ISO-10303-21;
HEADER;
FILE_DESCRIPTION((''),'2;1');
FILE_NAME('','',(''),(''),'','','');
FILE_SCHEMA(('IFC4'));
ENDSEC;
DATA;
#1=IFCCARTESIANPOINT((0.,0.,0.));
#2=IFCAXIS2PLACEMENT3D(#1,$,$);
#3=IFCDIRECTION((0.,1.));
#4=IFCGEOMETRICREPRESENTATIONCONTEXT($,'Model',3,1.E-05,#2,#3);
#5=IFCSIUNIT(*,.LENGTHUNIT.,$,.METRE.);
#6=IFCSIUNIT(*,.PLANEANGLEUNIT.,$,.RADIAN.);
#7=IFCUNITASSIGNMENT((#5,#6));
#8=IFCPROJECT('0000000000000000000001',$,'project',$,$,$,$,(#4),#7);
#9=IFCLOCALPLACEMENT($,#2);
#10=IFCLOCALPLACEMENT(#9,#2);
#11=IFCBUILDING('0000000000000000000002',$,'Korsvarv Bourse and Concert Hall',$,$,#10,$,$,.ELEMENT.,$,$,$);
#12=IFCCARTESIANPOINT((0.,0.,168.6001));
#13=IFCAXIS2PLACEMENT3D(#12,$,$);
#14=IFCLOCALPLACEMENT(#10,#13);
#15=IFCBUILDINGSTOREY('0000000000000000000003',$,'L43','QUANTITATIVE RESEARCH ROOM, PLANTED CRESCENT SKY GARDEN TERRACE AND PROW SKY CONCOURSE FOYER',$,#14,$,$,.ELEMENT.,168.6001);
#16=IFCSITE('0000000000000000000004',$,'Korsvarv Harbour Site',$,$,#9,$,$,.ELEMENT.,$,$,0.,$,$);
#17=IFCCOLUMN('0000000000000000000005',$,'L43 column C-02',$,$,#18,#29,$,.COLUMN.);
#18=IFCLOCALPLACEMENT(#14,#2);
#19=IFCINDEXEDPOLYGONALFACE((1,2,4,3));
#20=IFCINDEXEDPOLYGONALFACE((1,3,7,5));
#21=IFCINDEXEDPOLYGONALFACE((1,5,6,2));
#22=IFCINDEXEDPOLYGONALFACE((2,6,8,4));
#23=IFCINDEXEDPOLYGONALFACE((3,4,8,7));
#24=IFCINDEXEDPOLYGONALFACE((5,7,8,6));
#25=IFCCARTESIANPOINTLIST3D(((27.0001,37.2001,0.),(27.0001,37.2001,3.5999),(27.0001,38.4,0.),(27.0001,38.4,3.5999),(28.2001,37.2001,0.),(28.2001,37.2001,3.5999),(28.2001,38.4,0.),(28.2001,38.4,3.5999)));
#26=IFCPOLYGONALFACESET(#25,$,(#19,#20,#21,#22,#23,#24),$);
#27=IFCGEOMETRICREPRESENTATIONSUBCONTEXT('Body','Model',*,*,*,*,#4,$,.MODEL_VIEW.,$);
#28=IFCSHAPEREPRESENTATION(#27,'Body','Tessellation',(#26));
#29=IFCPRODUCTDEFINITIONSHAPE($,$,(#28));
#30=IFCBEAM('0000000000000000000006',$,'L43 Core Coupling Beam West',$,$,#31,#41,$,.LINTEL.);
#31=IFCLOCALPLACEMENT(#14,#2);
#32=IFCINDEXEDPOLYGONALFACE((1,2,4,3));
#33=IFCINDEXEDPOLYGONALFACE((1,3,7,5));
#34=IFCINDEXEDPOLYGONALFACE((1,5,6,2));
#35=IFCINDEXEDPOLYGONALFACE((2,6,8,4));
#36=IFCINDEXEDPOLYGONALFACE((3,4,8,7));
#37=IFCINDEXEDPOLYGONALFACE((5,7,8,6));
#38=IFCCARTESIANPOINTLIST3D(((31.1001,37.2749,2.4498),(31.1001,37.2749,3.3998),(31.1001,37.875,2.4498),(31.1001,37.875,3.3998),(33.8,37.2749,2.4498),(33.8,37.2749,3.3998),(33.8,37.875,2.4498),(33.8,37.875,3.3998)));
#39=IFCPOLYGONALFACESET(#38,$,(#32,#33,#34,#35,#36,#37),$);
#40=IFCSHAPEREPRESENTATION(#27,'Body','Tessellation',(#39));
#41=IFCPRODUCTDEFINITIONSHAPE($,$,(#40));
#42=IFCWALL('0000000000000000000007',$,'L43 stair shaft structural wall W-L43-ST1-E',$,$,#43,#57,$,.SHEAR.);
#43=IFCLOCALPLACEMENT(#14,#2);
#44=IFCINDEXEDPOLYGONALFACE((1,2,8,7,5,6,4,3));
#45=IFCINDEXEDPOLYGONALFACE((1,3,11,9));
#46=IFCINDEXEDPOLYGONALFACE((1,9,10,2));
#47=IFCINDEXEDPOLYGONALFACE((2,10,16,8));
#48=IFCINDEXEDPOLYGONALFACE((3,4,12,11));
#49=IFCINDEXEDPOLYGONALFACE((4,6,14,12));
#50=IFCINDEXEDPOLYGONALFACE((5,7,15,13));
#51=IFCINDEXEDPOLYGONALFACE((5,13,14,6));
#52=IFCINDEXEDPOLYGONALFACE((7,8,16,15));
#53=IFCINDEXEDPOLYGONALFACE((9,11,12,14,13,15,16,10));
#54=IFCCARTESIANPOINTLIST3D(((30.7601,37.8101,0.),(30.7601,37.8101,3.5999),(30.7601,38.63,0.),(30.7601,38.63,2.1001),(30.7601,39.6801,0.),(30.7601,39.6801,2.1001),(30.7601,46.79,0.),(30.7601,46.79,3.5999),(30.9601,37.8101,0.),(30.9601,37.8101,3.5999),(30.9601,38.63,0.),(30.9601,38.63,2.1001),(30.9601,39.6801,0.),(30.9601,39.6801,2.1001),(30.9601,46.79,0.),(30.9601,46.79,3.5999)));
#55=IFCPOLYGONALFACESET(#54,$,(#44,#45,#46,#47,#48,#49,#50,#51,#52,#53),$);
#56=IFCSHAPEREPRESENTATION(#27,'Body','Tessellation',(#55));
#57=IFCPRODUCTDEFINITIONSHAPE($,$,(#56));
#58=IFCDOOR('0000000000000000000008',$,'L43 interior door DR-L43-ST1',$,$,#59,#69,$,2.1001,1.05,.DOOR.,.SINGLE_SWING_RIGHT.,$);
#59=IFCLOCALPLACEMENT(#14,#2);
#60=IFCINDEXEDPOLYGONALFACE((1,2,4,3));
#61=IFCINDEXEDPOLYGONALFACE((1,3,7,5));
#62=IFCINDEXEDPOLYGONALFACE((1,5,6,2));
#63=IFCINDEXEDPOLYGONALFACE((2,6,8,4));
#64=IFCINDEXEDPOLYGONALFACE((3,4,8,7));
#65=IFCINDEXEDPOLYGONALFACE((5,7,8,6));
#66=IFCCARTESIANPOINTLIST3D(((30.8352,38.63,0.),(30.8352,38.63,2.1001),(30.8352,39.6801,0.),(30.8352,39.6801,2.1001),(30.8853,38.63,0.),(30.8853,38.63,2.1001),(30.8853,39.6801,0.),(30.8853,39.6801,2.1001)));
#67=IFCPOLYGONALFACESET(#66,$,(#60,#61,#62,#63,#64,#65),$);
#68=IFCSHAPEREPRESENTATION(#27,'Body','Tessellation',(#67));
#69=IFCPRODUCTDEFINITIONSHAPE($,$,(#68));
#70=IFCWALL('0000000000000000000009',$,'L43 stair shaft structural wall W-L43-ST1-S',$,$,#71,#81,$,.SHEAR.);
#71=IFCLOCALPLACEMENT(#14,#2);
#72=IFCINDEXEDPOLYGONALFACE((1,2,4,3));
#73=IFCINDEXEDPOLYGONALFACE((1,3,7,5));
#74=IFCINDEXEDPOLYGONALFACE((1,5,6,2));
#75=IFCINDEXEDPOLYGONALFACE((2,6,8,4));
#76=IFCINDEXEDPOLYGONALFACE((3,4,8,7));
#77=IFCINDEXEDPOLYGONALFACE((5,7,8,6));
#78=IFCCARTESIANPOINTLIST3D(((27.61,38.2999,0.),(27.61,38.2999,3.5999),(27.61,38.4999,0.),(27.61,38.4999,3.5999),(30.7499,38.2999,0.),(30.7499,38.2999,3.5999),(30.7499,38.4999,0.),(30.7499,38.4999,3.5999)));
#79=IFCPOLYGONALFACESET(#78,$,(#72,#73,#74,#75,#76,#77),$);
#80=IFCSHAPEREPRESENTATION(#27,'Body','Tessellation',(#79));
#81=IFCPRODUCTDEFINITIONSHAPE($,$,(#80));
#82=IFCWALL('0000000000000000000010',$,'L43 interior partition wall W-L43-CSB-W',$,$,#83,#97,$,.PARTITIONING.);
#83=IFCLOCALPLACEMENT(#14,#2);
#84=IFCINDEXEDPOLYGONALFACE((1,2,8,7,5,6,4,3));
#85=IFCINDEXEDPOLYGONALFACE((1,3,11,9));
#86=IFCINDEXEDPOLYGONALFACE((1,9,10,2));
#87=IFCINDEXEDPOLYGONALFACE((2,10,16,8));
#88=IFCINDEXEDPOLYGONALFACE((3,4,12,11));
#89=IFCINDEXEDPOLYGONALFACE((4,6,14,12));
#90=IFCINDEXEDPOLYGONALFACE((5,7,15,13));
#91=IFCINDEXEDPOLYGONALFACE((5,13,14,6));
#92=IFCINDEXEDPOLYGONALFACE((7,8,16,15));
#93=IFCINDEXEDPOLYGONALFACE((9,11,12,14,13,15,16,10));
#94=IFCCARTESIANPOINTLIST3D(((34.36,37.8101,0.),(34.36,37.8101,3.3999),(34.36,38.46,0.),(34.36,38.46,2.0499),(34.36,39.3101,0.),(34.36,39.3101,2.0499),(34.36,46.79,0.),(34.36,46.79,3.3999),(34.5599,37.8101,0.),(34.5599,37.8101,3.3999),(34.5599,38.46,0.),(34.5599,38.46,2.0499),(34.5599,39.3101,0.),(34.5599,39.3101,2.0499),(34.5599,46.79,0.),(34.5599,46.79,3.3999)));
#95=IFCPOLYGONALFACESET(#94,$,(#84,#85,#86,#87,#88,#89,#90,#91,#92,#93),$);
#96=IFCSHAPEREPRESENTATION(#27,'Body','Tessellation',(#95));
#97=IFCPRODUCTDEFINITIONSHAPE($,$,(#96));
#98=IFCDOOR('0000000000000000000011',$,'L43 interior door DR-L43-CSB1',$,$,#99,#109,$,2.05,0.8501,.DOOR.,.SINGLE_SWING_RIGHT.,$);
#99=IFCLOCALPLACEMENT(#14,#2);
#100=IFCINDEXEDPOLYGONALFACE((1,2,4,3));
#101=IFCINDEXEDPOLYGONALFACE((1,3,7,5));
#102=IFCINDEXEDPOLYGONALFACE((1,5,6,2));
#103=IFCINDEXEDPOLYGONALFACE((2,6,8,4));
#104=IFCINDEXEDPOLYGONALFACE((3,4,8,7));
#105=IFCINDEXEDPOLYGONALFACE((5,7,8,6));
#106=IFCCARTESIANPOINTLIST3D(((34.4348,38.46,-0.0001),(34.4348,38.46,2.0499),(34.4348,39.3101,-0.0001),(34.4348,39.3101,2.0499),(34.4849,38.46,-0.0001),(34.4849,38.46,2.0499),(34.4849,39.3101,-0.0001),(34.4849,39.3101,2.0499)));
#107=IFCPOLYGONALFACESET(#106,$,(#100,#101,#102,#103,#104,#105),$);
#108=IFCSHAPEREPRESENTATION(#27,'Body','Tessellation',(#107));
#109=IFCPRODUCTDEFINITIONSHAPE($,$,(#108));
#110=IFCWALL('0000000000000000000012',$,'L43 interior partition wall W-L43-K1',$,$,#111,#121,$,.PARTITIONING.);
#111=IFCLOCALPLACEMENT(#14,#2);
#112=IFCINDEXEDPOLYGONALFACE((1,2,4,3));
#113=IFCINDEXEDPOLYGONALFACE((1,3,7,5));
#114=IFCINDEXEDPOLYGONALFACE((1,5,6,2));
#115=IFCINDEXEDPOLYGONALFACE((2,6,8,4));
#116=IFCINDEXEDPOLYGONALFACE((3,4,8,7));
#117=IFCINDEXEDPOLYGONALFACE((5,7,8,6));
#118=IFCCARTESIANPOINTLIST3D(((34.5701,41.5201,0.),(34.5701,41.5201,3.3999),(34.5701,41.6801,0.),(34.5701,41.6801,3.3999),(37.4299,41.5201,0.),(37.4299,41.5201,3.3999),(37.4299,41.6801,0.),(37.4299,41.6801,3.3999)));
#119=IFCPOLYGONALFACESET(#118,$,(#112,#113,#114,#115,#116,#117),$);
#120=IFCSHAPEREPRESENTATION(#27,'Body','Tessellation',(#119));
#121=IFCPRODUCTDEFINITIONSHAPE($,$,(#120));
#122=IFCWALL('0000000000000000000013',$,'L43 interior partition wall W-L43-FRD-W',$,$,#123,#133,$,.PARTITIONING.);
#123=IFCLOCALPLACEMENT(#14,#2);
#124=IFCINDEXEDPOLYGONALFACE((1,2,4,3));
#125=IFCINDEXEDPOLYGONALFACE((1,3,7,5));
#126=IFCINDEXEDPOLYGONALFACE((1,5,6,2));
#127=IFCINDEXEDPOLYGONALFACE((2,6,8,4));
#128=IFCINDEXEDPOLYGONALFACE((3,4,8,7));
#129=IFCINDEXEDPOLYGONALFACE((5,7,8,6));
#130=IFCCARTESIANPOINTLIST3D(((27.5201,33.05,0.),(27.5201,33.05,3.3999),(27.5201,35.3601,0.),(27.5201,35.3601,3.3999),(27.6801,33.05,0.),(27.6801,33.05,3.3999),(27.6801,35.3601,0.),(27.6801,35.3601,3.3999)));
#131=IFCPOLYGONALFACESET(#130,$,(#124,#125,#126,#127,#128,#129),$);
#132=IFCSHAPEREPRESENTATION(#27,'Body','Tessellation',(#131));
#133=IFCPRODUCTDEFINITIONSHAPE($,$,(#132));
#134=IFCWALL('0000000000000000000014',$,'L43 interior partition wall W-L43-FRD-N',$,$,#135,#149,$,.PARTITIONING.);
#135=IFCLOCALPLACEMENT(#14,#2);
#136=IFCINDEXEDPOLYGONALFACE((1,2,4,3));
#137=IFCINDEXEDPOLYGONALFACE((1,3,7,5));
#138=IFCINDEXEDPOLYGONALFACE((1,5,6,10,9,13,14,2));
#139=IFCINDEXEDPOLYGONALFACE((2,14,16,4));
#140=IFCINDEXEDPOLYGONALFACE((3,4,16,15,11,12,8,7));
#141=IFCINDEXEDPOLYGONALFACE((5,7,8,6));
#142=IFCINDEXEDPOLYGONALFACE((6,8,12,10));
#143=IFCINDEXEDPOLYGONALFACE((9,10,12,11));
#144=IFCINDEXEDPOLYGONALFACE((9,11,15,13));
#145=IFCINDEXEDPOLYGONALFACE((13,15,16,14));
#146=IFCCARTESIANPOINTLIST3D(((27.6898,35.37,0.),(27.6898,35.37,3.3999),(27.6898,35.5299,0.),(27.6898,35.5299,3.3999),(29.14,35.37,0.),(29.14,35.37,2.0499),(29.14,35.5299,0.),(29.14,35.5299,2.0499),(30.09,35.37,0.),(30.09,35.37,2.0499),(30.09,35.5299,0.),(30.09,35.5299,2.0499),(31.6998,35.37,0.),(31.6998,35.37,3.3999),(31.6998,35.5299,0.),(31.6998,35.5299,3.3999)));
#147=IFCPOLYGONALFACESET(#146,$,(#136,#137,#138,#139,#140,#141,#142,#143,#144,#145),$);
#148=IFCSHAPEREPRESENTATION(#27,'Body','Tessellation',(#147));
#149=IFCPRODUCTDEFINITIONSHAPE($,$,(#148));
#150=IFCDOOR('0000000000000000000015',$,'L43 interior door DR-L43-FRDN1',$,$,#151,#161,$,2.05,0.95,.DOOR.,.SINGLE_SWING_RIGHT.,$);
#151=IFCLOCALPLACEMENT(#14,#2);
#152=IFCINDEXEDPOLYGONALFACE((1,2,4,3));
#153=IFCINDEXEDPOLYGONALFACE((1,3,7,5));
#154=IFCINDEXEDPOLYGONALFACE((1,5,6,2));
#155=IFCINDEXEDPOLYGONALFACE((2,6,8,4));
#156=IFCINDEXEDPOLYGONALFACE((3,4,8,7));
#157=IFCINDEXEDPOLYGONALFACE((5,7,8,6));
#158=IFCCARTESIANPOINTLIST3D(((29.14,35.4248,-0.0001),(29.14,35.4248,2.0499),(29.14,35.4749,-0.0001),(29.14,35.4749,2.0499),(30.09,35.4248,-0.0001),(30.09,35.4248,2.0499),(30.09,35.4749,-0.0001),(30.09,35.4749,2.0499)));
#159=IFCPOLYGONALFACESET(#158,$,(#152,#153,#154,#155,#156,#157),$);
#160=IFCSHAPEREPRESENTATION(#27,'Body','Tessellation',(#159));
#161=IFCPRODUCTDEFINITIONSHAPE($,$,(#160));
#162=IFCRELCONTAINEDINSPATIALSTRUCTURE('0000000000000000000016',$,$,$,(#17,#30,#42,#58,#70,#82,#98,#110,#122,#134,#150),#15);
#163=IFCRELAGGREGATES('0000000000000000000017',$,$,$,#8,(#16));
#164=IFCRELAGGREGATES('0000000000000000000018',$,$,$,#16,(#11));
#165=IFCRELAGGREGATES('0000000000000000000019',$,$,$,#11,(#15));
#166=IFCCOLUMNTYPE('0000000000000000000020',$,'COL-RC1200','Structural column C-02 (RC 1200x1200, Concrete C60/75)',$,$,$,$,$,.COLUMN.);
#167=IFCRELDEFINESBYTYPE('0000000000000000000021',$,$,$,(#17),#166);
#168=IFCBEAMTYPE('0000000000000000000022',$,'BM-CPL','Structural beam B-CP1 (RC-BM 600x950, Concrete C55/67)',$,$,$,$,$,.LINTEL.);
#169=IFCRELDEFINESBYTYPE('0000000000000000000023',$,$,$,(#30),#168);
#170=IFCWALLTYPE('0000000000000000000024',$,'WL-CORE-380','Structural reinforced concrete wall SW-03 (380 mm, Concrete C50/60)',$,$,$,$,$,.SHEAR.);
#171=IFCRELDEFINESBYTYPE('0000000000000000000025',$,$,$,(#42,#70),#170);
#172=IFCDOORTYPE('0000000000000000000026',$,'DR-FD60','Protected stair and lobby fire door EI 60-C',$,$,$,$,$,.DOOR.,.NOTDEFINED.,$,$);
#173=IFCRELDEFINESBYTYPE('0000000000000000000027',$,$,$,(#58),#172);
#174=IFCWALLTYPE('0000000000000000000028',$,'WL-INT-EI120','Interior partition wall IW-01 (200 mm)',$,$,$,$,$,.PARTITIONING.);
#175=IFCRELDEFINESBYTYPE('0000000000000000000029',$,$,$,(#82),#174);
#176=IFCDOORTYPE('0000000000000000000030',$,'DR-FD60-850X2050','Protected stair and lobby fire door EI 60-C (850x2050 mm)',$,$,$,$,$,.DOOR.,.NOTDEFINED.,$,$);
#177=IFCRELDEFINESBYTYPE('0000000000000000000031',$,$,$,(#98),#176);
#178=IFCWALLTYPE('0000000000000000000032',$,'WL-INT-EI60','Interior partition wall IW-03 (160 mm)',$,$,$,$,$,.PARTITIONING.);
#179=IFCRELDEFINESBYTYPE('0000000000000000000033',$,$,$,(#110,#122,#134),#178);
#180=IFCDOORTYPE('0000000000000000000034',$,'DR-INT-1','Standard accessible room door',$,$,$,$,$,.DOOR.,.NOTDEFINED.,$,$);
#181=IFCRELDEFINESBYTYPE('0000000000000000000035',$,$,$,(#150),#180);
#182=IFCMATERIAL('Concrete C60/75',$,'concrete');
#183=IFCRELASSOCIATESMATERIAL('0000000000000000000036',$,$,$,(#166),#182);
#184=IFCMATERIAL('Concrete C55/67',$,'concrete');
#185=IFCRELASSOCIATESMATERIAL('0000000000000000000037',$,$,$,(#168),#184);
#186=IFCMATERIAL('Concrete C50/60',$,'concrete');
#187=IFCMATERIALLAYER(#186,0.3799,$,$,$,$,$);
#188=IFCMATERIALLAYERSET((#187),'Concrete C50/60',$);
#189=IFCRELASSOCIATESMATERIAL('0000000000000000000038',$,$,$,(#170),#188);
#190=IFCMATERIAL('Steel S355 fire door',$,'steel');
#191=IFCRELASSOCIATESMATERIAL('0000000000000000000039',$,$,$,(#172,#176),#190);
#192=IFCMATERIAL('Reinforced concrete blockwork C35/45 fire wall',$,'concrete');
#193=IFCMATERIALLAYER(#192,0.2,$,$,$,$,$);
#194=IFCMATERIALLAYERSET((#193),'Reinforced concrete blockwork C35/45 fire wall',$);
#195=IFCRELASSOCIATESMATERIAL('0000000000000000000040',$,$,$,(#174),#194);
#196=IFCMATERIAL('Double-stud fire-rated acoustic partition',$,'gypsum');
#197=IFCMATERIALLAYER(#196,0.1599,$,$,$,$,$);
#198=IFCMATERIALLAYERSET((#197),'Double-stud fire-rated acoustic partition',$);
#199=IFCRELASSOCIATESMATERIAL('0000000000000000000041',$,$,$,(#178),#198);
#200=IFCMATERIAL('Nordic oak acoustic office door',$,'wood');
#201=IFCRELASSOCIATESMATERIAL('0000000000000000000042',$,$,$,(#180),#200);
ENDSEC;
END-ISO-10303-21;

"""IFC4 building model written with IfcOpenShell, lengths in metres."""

from ifc_helpers import new_model, si_unit, direction, frame, frame_2d, origin, origin_2d, place, context, subcontext, project, spatial, rectangle, extrude, source, transform, mapped, material, layer, layer_set, material_profile, profile_set, type_object, element, fill, save


model = new_model("IFC4")

# Units and contexts
model_context = context("Model", 3, precision=1e-05, world=origin(), true_north=direction((0.0, 1.0)))
body_context = subcontext(model_context, "Body", "Model", "MODEL_VIEW")
ifc_project = project(units=[si_unit("LENGTHUNIT", "METRE"), si_unit("PLANEANGLEUNIT", "RADIAN")], contexts=[model_context])

# Site, building, storey
site_placement = place(None, origin())
site = spatial("IfcSite", under=ifc_project, at=site_placement, Name="Korsvarv Harbour Site", CompositionType="ELEMENT", RefElevation=0.0)
building_placement = place(site_placement, origin())
building = spatial("IfcBuilding", under=site, at=building_placement, Name="Korsvarv Bourse and Concert Hall", CompositionType="ELEMENT")
storey_placement = place(building_placement, frame((0.0, 0.0, 168.6001)))
storey = spatial("IfcBuildingStorey", under=building, at=storey_placement, Name="L43", Description="QUANTITATIVE RESEARCH ROOM, PLANTED CRESCENT SKY GARDEN TERRACE AND PROW SKY CONCOURSE FOYER", CompositionType="ELEMENT", Elevation=168.6001)

# Column
ifc_material_1 = material(Name="Concrete C60/75", Category="concrete")
ifc_material_profile_1 = material_profile(ifc_material_1, rectangle(XDim=1.2, YDim=1.2, at=origin_2d()), Name="RC 1200x1200")
ifc_profile_set_1 = profile_set([ifc_material_profile_1], Name="Concrete C60/75")
column_type = type_object("IfcColumnType", Name="COL-RC1200", Description="Structural column C-02 (RC 1200x1200, Concrete C60/75)", PredefinedType="COLUMN", material=ifc_profile_set_1)
shared_shape_1 = source(origin(), body_context, "Body", "SweptSolid", [
    extrude(rectangle(XDim=1.2, YDim=1.2, at=origin_2d()), origin(), (0.0, 0.0, 1.0), 3.5999),
])
column_placement = place(storey_placement, frame((27.6001, 37.8, 0.0), z_axis=(0.0, 0.0, 1.0), x_axis=(1.0, 0.0, 0.0)))
element("IfcColumn", 1, at=column_placement, inside=storey, type_object=column_type, Name="L43 column C-02", PredefinedType="COLUMN", context=body_context, shape_type="MappedRepresentation", body=[
    mapped(shared_shape_1, transform((0.0, 0.0, 0.0), scale=1.0)),
])

# Beam
ifc_material_2 = material(Name="Concrete C55/67", Category="concrete")
ifc_material_profile_2 = material_profile(ifc_material_2, rectangle(XDim=0.6001, YDim=0.95, at=origin_2d()), Name="RC-BM 600x950")
ifc_profile_set_2 = profile_set([ifc_material_profile_2], Name="Concrete C55/67")
beam_type = type_object("IfcBeamType", Name="BM-CPL", Description="Structural beam B-CP1 (RC-BM 600x950, Concrete C55/67)", PredefinedType="LINTEL", material=ifc_profile_set_2)
shared_shape_2 = source(origin(), body_context, "Body", "SweptSolid", [
    extrude(rectangle(XDim=0.6001, YDim=0.95, at=origin_2d()), origin(), (0.0, 0.0, 1.0), 2.7),
])
beam_placement = place(storey_placement, frame((31.1001, 37.575, 2.9248), z_axis=(1.0, 0.0, 0.0), x_axis=(0.0, 1.0, 0.0)))
element("IfcBeam", 2, at=beam_placement, inside=storey, type_object=beam_type, Name="L43 Core Coupling Beam West", PredefinedType="LINTEL", context=body_context, shape_type="MappedRepresentation", body=[
    mapped(shared_shape_2, transform((0.0, 0.0, 0.0), scale=1.0)),
])

# Wall, opening, door
ifc_material_3 = material(Name="Concrete C50/60", Category="concrete")
ifc_layer_1 = layer(ifc_material_3, 0.3799)
ifc_layer_set_1 = layer_set([ifc_layer_1], Name="Concrete C50/60")
wall_type_1 = type_object("IfcWallType", Name="WL-CORE-380", Description="Structural reinforced concrete wall SW-03 (380 mm, Concrete C50/60)", PredefinedType="SHEAR", material=ifc_layer_set_1)
wall_1_placement = place(storey_placement, frame((30.8601, 37.8101, 0.0), z_axis=(0.0, 0.0, 1.0), x_axis=(0.0, 1.0, 0.0)))
wall_1 = element("IfcWall", 3, at=wall_1_placement, inside=storey, type_object=wall_type_1, Name="L43 stair shaft structural wall W-L43-ST1-E", PredefinedType="SHEAR", context=body_context, shape_type="SweptSolid", body=[
    extrude(rectangle(XDim=8.98, YDim=0.2, at=frame_2d((4.49, 0.0))), origin(), (0.0, 0.0, 1.0), 3.5999),
])
opening_1_placement = place(wall_1_placement, frame((0.8201, 0.0, 0.0)))
opening_1 = element("IfcOpeningElement", 4, at=opening_1_placement, cuts=wall_1, PredefinedType="OPENING", context=body_context, shape_type="SweptSolid", body=[
    extrude(rectangle(XDim=1.05, YDim=2.1001, at=frame_2d((0.5249, 1.05))), frame((0.0, 0.1099, 0.0), z_axis=(0.0, -1.0, 0.0), x_axis=(1.0, 0.0, 0.0)), (0.0, 0.0, 1.0), 0.22),
])
ifc_material_4 = material(Name="Steel S355 fire door", Category="steel")
door_type_1 = type_object("IfcDoorType", Name="DR-FD60", Description="Protected stair and lobby fire door EI 60-C", OperationType="NOTDEFINED", PredefinedType="DOOR", material=ifc_material_4)
door_1_placement = place(opening_1_placement, origin())
door_1 = element("IfcDoor", 5, at=door_1_placement, inside=storey, type_object=door_type_1, Name="L43 interior door DR-L43-ST1", OperationType="SINGLE_SWING_RIGHT", OverallHeight=2.1001, OverallWidth=1.05, PredefinedType="DOOR", context=body_context, shape_type="SweptSolid", body=[
    extrude(rectangle(XDim=1.05, YDim=2.1001, at=frame_2d((0.5249, 1.05))), frame((0.0, 0.0249, 0.0), z_axis=(0.0, -1.0, 0.0), x_axis=(1.0, 0.0, 0.0)), (0.0, 0.0, 1.0), 0.05),
])
fill(opening_1, door_1)

# Wall
wall_2_placement = place(storey_placement, frame((27.6101, 38.3999, 0.0), z_axis=(0.0, 0.0, 1.0), x_axis=(1.0, 0.0, 0.0)))
element("IfcWall", 6, at=wall_2_placement, inside=storey, type_object=wall_type_1, Name="L43 stair shaft structural wall W-L43-ST1-S", PredefinedType="SHEAR", context=body_context, shape_type="SweptSolid", body=[
    extrude(rectangle(XDim=3.1399, YDim=0.2, at=frame_2d((1.5698, 0.0))), origin(), (0.0, 0.0, 1.0), 3.5999),
])

# Wall, opening, door
ifc_material_5 = material(Name="Reinforced concrete blockwork C35/45 fire wall", Category="concrete")
ifc_layer_2 = layer(ifc_material_5, 0.2)
ifc_layer_set_2 = layer_set([ifc_layer_2], Name="Reinforced concrete blockwork C35/45 fire wall")
wall_type_2 = type_object("IfcWallType", Name="WL-INT-EI120", Description="Interior partition wall IW-01 (200 mm)", PredefinedType="PARTITIONING", material=ifc_layer_set_2)
wall_3_placement = place(storey_placement, frame((34.46, 37.8101, 0.0), z_axis=(0.0, 0.0, 1.0), x_axis=(0.0, 1.0, 0.0)))
wall_3 = element("IfcWall", 7, at=wall_3_placement, inside=storey, type_object=wall_type_2, Name="L43 interior partition wall W-L43-CSB-W", PredefinedType="PARTITIONING", context=body_context, shape_type="SweptSolid", body=[
    extrude(rectangle(XDim=8.98, YDim=0.2, at=frame_2d((4.49, 0.0))), origin(), (0.0, 0.0, 1.0), 3.3999),
])
opening_2_placement = place(wall_3_placement, frame((0.6499, 0.0, 0.0)))
opening_2 = element("IfcOpeningElement", 8, at=opening_2_placement, cuts=wall_3, PredefinedType="OPENING", context=body_context, shape_type="SweptSolid", body=[
    extrude(rectangle(XDim=0.8501, YDim=2.05, at=frame_2d((0.425, 1.0249))), frame((0.0, 0.1099, 0.0), z_axis=(0.0, -1.0, 0.0), x_axis=(1.0, 0.0, 0.0)), (0.0, 0.0, 1.0), 0.22),
])
door_type_2 = type_object("IfcDoorType", Name="DR-FD60-850X2050", Description="Protected stair and lobby fire door EI 60-C (850x2050 mm)", OperationType="NOTDEFINED", PredefinedType="DOOR", material=ifc_material_4)
door_2_placement = place(opening_2_placement, frame((0.8501, 0.0, 0.0), z_axis=(0.0, 0.0, 1.0), x_axis=(-1.0, 0.0, 0.0)))
door_2 = element("IfcDoor", 9, at=door_2_placement, inside=storey, type_object=door_type_2, Name="L43 interior door DR-L43-CSB1", OperationType="SINGLE_SWING_RIGHT", OverallHeight=2.05, OverallWidth=0.8501, PredefinedType="DOOR", context=body_context, shape_type="SweptSolid", body=[
    extrude(rectangle(XDim=0.8501, YDim=2.05, at=frame_2d((0.425, 1.0249))), frame((0.0, 0.0249, 0.0), z_axis=(0.0, -1.0, 0.0), x_axis=(1.0, 0.0, 0.0)), (0.0, 0.0, 1.0), 0.05),
])
fill(opening_2, door_2)

# Walls
ifc_material_6 = material(Name="Double-stud fire-rated acoustic partition", Category="gypsum")
ifc_layer_3 = layer(ifc_material_6, 0.1599)
ifc_layer_set_3 = layer_set([ifc_layer_3], Name="Double-stud fire-rated acoustic partition")
wall_type_3 = type_object("IfcWallType", Name="WL-INT-EI60", Description="Interior partition wall IW-03 (160 mm)", PredefinedType="PARTITIONING", material=ifc_layer_set_3)
wall_4_placement = place(storey_placement, frame((34.5701, 41.6001, 0.0), z_axis=(0.0, 0.0, 1.0), x_axis=(1.0, 0.0, 0.0)))
element("IfcWall", 10, at=wall_4_placement, inside=storey, type_object=wall_type_3, Name="L43 interior partition wall W-L43-K1", PredefinedType="PARTITIONING", context=body_context, shape_type="SweptSolid", body=[
    extrude(rectangle(XDim=2.8599, YDim=0.1599, at=frame_2d((1.4299, 0.0))), origin(), (0.0, 0.0, 1.0), 3.3999),
])
wall_5_placement = place(storey_placement, frame((27.6001, 33.05, 0.0), z_axis=(0.0, 0.0, 1.0), x_axis=(0.0, 1.0, 0.0)))
element("IfcWall", 11, at=wall_5_placement, inside=storey, type_object=wall_type_3, Name="L43 interior partition wall W-L43-FRD-W", PredefinedType="PARTITIONING", context=body_context, shape_type="SweptSolid", body=[
    extrude(rectangle(XDim=2.3101, YDim=0.1599, at=frame_2d((1.155, 0.0))), origin(), (0.0, 0.0, 1.0), 3.3999),
])

# Wall, opening, door
wall_6_placement = place(storey_placement, frame((27.6899, 35.45, 0.0), z_axis=(0.0, 0.0, 1.0), x_axis=(1.0, 0.0, 0.0)))
wall_6 = element("IfcWall", 12, at=wall_6_placement, inside=storey, type_object=wall_type_3, Name="L43 interior partition wall W-L43-FRD-N", PredefinedType="PARTITIONING", context=body_context, shape_type="SweptSolid", body=[
    extrude(rectangle(XDim=4.01, YDim=0.1599, at=frame_2d((2.0049, 0.0))), origin(), (0.0, 0.0, 1.0), 3.3999),
])
opening_3_placement = place(wall_6_placement, frame((1.45, 0.0, 0.0)))
opening_3 = element("IfcOpeningElement", 13, at=opening_3_placement, cuts=wall_6, PredefinedType="OPENING", context=body_context, shape_type="SweptSolid", body=[
    extrude(rectangle(XDim=0.95, YDim=2.05, at=frame_2d((0.4751, 1.0249))), frame((0.0, 0.0898, 0.0), z_axis=(0.0, -1.0, 0.0), x_axis=(1.0, 0.0, 0.0)), (0.0, 0.0, 1.0), 0.1799),
])
ifc_material_7 = material(Name="Nordic oak acoustic office door", Category="wood")
door_type_3 = type_object("IfcDoorType", Name="DR-INT-1", Description="Standard accessible room door", OperationType="NOTDEFINED", PredefinedType="DOOR", material=ifc_material_7)
door_3_placement = place(opening_3_placement, origin())
door_3 = element("IfcDoor", 14, at=door_3_placement, inside=storey, type_object=door_type_3, Name="L43 interior door DR-L43-FRDN1", OperationType="SINGLE_SWING_RIGHT", OverallHeight=2.05, OverallWidth=0.95, PredefinedType="DOOR", context=body_context, shape_type="SweptSolid", body=[
    extrude(rectangle(XDim=0.95, YDim=2.05, at=frame_2d((0.4751, 1.0249))), frame((0.0, 0.0249, 0.0), z_axis=(0.0, -1.0, 0.0), x_axis=(1.0, 0.0, 0.0)), (0.0, 0.0, 1.0), 0.05),
])
fill(opening_3, door_3)

save(model, "model.ifc")
